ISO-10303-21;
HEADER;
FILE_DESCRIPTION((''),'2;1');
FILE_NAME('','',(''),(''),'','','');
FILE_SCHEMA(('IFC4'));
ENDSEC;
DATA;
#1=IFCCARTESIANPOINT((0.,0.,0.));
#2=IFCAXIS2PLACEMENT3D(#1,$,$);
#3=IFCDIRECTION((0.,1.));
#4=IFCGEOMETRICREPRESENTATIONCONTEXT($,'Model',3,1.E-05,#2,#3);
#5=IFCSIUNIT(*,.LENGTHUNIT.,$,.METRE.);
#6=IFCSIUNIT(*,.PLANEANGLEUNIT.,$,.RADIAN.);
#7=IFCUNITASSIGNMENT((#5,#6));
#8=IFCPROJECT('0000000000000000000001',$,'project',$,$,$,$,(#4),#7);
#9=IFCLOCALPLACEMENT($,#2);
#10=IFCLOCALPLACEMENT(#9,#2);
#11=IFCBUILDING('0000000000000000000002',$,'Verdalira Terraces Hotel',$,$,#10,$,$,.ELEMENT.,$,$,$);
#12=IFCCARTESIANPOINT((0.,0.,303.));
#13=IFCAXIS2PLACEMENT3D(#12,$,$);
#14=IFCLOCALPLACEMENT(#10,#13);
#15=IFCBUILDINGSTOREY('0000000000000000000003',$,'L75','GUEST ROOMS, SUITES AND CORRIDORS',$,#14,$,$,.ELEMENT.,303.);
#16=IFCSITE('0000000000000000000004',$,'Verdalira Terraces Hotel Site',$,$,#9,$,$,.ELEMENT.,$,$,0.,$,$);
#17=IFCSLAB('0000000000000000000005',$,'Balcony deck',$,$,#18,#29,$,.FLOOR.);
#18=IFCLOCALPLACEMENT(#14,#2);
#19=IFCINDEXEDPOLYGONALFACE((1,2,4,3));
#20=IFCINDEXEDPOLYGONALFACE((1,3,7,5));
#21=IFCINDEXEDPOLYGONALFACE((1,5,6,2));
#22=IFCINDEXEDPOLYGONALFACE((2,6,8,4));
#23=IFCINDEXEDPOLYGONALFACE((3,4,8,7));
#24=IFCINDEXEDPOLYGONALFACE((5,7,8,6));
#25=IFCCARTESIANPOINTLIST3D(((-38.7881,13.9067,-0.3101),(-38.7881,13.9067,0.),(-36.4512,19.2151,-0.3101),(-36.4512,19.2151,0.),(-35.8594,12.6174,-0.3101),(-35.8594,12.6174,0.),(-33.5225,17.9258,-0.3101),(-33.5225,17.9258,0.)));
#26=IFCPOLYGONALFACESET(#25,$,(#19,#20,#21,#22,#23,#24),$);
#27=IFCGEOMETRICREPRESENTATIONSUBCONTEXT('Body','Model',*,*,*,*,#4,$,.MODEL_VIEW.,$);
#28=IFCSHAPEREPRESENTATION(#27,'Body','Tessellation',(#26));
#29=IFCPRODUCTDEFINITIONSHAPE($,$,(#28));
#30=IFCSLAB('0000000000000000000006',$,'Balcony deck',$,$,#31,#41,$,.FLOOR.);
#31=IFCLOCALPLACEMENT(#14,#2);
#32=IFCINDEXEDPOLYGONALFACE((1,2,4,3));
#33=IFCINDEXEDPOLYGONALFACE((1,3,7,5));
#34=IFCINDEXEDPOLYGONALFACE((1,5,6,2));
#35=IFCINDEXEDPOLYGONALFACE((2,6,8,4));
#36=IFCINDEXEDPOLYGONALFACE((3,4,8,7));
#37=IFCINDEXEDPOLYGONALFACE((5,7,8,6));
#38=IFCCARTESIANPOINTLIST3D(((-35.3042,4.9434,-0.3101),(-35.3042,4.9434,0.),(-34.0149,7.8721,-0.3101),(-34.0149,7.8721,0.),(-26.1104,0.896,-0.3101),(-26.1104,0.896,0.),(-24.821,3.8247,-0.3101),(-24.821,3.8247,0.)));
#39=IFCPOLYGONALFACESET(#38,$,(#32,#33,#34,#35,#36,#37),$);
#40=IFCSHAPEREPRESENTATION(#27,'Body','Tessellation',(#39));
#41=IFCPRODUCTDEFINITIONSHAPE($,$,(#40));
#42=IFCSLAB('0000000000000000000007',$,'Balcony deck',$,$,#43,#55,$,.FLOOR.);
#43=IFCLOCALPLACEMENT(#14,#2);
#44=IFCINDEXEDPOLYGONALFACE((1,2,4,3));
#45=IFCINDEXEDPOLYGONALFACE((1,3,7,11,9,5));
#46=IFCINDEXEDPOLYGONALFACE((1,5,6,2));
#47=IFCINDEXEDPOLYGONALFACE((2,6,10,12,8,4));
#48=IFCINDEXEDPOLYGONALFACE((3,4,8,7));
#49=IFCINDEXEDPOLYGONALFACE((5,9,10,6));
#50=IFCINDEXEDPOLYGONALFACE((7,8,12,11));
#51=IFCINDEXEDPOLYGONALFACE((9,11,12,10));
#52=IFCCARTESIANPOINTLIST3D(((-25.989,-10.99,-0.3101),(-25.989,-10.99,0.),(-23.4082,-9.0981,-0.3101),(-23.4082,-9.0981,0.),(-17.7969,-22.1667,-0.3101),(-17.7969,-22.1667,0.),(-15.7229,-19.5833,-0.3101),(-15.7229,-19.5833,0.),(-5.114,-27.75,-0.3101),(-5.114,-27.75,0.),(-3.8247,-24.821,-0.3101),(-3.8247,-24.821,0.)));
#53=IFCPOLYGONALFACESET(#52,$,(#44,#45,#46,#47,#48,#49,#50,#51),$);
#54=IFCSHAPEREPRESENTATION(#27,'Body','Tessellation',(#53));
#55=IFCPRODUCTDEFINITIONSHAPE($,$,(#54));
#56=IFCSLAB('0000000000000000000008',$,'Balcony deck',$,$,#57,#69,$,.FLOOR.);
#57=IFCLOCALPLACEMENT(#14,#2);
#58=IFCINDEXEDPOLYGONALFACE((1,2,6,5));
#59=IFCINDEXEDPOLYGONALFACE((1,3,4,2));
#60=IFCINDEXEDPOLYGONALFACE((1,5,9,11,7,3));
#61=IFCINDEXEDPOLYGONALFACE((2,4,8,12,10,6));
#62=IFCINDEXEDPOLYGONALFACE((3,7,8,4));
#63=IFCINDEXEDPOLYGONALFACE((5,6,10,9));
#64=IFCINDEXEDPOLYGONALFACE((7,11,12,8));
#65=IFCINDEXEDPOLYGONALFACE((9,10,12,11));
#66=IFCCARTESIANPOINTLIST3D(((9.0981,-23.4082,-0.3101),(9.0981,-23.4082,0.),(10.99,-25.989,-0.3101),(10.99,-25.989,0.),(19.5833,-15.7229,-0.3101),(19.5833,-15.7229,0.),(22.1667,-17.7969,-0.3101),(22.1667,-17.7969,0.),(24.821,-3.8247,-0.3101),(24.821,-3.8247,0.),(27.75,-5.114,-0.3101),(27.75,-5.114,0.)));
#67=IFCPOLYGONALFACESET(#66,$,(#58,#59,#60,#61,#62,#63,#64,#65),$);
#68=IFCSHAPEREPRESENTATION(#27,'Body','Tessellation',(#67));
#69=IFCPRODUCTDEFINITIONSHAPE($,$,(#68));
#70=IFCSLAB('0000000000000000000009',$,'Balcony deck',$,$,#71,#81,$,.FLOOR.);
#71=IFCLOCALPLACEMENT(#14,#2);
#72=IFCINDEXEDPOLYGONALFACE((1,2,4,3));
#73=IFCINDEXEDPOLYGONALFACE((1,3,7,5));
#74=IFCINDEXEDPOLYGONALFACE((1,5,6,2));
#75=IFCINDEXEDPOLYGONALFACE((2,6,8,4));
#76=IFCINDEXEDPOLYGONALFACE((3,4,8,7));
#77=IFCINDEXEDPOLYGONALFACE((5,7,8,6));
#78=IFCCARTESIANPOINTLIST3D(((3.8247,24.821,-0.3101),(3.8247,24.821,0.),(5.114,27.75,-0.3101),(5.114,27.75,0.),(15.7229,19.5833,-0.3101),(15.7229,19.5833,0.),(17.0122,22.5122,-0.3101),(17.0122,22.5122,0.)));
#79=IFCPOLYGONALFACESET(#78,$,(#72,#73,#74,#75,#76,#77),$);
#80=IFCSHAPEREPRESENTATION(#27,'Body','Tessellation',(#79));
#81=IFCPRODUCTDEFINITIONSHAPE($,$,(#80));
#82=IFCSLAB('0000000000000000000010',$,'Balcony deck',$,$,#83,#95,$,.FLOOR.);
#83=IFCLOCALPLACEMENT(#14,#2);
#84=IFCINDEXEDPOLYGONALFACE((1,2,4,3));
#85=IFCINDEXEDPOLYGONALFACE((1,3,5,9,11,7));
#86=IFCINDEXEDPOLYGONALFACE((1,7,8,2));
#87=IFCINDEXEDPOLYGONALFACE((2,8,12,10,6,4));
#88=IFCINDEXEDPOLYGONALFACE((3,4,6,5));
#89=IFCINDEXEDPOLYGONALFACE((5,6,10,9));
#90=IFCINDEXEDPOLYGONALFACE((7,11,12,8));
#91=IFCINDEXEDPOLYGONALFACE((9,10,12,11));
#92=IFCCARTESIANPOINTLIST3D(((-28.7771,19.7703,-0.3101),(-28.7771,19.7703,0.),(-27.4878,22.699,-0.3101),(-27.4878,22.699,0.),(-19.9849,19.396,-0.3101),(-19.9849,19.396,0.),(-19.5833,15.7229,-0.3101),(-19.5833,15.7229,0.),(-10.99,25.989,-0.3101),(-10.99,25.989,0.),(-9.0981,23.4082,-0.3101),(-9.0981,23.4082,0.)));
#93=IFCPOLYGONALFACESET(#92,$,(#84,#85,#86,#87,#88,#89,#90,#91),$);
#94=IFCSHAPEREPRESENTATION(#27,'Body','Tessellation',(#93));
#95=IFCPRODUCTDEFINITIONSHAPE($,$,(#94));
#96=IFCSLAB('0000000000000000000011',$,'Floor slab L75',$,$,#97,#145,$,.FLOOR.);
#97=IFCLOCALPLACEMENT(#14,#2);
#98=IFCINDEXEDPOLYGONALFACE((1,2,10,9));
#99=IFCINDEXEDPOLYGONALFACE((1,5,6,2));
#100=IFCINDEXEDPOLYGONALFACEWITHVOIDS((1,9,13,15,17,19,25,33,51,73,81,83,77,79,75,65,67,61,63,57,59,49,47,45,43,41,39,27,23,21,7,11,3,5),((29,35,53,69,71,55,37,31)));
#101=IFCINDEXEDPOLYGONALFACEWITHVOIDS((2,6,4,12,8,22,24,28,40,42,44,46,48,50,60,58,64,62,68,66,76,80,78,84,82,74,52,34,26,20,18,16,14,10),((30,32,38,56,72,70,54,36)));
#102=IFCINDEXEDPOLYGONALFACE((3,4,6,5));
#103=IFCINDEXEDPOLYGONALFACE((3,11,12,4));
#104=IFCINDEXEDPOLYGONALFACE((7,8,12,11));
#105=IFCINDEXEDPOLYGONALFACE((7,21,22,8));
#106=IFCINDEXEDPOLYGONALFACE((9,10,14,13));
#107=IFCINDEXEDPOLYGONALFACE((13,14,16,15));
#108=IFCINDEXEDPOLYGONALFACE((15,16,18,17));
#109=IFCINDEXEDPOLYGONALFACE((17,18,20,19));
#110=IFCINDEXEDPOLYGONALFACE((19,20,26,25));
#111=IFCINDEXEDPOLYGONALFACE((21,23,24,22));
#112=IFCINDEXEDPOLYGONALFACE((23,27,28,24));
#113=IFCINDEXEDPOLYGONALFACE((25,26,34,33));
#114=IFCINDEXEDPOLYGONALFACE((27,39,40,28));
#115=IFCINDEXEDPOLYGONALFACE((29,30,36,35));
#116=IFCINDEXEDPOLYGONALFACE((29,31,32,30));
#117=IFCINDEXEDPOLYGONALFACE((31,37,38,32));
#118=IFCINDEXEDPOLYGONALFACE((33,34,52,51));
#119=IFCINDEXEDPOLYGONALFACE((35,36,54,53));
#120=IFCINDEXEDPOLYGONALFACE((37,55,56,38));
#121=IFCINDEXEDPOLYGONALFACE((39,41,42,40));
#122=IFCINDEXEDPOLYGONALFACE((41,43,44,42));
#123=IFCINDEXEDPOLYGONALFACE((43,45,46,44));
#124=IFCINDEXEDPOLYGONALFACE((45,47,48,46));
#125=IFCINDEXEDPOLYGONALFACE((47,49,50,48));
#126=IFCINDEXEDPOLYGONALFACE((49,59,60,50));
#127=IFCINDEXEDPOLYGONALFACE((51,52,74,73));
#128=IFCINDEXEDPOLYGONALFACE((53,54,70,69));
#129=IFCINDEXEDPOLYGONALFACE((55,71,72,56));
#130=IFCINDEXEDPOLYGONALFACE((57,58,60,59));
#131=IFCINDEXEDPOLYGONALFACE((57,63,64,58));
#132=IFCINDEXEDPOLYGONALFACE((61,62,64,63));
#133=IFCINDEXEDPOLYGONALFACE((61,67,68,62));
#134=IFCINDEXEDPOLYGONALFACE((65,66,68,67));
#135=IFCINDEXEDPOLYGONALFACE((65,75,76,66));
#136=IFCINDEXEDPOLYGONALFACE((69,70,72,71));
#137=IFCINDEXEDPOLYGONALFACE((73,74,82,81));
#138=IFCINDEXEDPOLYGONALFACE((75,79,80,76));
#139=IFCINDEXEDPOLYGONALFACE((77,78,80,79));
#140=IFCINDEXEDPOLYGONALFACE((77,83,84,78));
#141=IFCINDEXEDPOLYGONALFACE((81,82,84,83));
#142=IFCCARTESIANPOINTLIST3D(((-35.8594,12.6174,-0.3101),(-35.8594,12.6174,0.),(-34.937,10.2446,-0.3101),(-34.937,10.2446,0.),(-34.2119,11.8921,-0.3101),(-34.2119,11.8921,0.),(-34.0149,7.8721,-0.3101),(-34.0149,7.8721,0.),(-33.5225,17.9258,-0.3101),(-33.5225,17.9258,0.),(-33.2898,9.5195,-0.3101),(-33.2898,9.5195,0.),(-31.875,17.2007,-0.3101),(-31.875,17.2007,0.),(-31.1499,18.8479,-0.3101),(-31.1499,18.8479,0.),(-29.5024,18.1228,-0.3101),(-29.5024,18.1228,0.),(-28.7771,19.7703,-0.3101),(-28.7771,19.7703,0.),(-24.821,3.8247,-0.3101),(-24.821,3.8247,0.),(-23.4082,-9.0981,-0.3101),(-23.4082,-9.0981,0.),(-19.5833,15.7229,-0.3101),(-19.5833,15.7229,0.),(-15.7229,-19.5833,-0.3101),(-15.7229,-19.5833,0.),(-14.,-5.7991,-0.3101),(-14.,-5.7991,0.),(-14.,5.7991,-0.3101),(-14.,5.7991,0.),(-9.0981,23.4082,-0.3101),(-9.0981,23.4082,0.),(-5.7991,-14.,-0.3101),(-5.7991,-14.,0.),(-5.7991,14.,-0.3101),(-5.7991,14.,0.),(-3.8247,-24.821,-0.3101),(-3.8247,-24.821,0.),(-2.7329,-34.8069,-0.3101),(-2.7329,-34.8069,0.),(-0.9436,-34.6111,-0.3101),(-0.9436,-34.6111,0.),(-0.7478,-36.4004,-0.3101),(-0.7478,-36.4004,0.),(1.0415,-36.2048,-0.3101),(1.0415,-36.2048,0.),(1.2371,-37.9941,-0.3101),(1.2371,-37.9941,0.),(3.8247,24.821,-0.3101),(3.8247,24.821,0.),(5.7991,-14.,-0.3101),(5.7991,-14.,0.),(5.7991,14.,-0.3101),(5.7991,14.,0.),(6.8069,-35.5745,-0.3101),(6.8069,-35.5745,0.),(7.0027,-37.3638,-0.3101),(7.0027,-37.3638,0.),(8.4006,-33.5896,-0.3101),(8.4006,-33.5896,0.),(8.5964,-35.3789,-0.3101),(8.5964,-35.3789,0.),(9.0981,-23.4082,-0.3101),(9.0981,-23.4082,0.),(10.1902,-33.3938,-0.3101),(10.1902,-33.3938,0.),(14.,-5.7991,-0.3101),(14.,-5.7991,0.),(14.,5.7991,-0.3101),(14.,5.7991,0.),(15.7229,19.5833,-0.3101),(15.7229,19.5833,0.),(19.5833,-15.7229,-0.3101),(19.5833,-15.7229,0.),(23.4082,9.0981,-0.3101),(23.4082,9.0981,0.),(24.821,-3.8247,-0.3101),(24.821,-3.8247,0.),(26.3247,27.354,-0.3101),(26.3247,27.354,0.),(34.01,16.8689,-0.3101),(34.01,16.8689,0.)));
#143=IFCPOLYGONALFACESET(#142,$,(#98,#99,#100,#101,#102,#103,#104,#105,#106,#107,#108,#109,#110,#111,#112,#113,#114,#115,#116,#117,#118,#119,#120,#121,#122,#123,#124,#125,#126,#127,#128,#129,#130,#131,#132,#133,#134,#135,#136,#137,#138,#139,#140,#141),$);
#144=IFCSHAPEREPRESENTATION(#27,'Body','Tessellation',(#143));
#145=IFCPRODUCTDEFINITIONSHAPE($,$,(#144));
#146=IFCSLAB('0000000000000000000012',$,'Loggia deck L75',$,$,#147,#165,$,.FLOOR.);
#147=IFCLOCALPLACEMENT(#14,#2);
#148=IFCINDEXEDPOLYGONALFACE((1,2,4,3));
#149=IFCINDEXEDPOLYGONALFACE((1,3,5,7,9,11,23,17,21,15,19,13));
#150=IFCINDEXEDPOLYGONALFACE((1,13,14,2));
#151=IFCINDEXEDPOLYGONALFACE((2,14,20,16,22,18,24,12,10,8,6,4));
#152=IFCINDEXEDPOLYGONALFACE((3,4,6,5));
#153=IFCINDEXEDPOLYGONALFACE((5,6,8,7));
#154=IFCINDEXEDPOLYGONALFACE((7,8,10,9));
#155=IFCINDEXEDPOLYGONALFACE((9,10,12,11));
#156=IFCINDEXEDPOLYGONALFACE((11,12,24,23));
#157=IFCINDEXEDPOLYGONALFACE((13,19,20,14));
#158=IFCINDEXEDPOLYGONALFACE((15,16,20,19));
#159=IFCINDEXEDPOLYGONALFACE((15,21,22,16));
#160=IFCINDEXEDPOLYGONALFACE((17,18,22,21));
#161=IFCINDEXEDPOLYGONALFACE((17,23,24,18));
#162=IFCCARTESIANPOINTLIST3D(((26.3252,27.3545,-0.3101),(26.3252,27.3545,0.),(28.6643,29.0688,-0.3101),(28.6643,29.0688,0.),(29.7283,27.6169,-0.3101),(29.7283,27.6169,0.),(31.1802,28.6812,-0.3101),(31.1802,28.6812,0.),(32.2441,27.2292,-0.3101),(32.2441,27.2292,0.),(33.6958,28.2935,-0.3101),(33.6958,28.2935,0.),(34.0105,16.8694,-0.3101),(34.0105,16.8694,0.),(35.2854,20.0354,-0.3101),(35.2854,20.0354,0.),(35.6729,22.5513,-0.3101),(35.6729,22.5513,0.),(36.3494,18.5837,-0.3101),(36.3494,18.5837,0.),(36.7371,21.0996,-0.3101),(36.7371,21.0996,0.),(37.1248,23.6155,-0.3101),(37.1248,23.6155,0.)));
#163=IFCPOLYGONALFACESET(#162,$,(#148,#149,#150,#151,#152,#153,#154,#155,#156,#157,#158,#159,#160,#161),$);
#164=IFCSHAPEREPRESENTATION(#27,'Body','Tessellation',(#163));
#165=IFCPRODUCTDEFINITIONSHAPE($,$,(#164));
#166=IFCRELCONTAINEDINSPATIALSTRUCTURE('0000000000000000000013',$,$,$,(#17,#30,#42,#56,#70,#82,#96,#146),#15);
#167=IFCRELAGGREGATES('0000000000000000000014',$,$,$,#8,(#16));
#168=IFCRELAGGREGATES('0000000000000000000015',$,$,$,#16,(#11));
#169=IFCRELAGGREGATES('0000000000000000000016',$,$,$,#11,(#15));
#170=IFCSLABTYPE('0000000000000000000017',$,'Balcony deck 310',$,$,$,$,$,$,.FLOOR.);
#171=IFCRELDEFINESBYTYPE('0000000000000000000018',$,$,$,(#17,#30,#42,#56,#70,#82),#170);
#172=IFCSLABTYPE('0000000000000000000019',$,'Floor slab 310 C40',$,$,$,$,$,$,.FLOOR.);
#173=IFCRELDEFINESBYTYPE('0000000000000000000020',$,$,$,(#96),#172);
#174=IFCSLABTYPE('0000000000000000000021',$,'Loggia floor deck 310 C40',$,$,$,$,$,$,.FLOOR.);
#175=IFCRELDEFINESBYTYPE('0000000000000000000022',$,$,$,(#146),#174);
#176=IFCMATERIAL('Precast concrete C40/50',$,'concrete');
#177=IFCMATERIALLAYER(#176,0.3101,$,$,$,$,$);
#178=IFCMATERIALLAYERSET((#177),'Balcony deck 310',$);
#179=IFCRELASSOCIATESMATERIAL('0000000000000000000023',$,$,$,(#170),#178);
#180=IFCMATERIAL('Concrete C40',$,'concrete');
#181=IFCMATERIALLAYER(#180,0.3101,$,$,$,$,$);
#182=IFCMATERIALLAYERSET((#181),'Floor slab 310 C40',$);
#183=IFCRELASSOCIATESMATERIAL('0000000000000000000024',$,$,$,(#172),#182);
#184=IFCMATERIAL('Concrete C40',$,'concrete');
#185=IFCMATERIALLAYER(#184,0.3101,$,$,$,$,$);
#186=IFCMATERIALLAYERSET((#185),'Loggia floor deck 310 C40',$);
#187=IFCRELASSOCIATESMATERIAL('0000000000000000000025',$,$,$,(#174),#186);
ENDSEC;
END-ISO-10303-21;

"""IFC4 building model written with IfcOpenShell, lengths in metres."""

from ifc_helpers import new_model, si_unit, direction, frame, origin, place, context, subcontext, project, spatial, polyline, outline, extrude, material, layer, layer_set, type_object, element, save


model = new_model("IFC4")

# Units and contexts
model_context = context("Model", 3, precision=1e-05, world=origin(), true_north=direction((0.0, 1.0)))
body_context = subcontext(model_context, "Body", "Model", "MODEL_VIEW")
ifc_project = project(units=[si_unit("LENGTHUNIT", "METRE"), si_unit("PLANEANGLEUNIT", "RADIAN")], contexts=[model_context])

# Site, building, storey
site_placement = place(None, origin())
site = spatial("IfcSite", under=ifc_project, at=site_placement, Name="Verdalira Terraces Hotel Site", CompositionType="ELEMENT", RefElevation=0.0)
building_placement = place(site_placement, origin())
building = spatial("IfcBuilding", under=site, at=building_placement, Name="Verdalira Terraces Hotel", CompositionType="ELEMENT")
storey_placement = place(building_placement, frame((0.0, 0.0, 303.0)))
storey = spatial("IfcBuildingStorey", under=building, at=storey_placement, Name="L75", Description="GUEST ROOMS, SUITES AND CORRIDORS", CompositionType="ELEMENT", Elevation=303.0)

# Slabs
ifc_material_1 = material(Name="Precast concrete C40/50", Category="concrete")
ifc_layer_1 = layer(ifc_material_1, 0.3101)
ifc_layer_set_1 = layer_set([ifc_layer_1], Name="Balcony deck 310")
slab_type_1 = type_object("IfcSlabType", Name="Balcony deck 310", PredefinedType="FLOOR", material=ifc_layer_set_1)
slab_1_placement = place(storey_placement, frame((0.0, 0.0, -0.3101)))
element("IfcSlab", 1, at=slab_1_placement, inside=storey, type_object=slab_type_1, Name="Balcony deck", PredefinedType="FLOOR", context=body_context, shape_type="SweptSolid", body=[
    extrude(outline(polyline([(-38.7881, 13.9067), (-35.8594, 12.6174), (-33.5225, 17.9258), (-36.4512, 19.2151), (-38.7881, 13.9067)])), origin(), (0.0, 0.0, 1.0), 0.3101),
])
slab_2_placement = place(storey_placement, frame((0.0, 0.0, -0.3101)))
element("IfcSlab", 2, at=slab_2_placement, inside=storey, type_object=slab_type_1, Name="Balcony deck", PredefinedType="FLOOR", context=body_context, shape_type="SweptSolid", body=[
    extrude(outline(polyline([(-26.1104, 0.896), (-24.821, 3.8247), (-34.0149, 7.8721), (-35.3042, 4.9434), (-26.1104, 0.896)])), origin(), (0.0, 0.0, 1.0), 0.3101),
])
slab_3_placement = place(storey_placement, frame((0.0, 0.0, -0.3101)))
element("IfcSlab", 3, at=slab_3_placement, inside=storey, type_object=slab_type_1, Name="Balcony deck", PredefinedType="FLOOR", context=body_context, shape_type="SweptSolid", body=[
    extrude(outline(polyline([(-17.7969, -22.1667), (-5.114, -27.75), (-3.8247, -24.821), (-15.7229, -19.5833), (-23.4082, -9.0981), (-25.989, -10.99), (-17.7969, -22.1667)])), origin(), (0.0, 0.0, 1.0), 0.3101),
])
slab_4_placement = place(storey_placement, frame((0.0, 0.0, -0.3101)))
element("IfcSlab", 4, at=slab_4_placement, inside=storey, type_object=slab_type_1, Name="Balcony deck", PredefinedType="FLOOR", context=body_context, shape_type="SweptSolid", body=[
    extrude(outline(polyline([(27.75, -5.114), (24.821, -3.8247), (19.5833, -15.7229), (9.0981, -23.4082), (10.99, -25.989), (22.1667, -17.7969), (27.75, -5.114)])), origin(), (0.0, 0.0, 1.0), 0.3101),
])
slab_5_placement = place(storey_placement, frame((0.0, 0.0, -0.3101)))
element("IfcSlab", 5, at=slab_5_placement, inside=storey, type_object=slab_type_1, Name="Balcony deck", PredefinedType="FLOOR", context=body_context, shape_type="SweptSolid", body=[
    extrude(outline(polyline([(5.114, 27.75), (3.8247, 24.821), (15.7229, 19.5833), (17.0122, 22.5122), (5.114, 27.75)])), origin(), (0.0, 0.0, 1.0), 0.3101),
])
slab_6_placement = place(storey_placement, frame((0.0, 0.0, -0.3101)))
element("IfcSlab", 6, at=slab_6_placement, inside=storey, type_object=slab_type_1, Name="Balcony deck", PredefinedType="FLOOR", context=body_context, shape_type="SweptSolid", body=[
    extrude(outline(polyline([(-19.9849, 19.396), (-27.4878, 22.699), (-28.7771, 19.7703), (-19.5833, 15.7229), (-9.0981, 23.4082), (-10.99, 25.989), (-19.9849, 19.396)])), origin(), (0.0, 0.0, 1.0), 0.3101),
])
ifc_material_2 = material(Name="Concrete C40", Category="concrete")
ifc_layer_2 = layer(ifc_material_2, 0.3101)
ifc_layer_set_2 = layer_set([ifc_layer_2], Name="Floor slab 310 C40")
slab_type_2 = type_object("IfcSlabType", Name="Floor slab 310 C40", PredefinedType="FLOOR", material=ifc_layer_set_2)
slab_7_placement = place(storey_placement, frame((0.0, 0.0, -0.3101)))
element("IfcSlab", 7, at=slab_7_placement, inside=storey, type_object=slab_type_2, Name="Floor slab L75", PredefinedType="FLOOR", context=body_context, shape_type="SweptSolid", body=[
    extrude(outline(polyline([(24.821, -3.8247), (23.4082, 9.0981), (34.01, 16.8689), (26.3247, 27.354), (15.7229, 19.5833), (3.8247, 24.821), (-9.0981, 23.4082), (-19.5833, 15.7229), (-28.7771, 19.7703), (-29.5024, 18.1228), (-31.1499, 18.8479), (-31.875, 17.2007), (-33.5225, 17.9258), (-35.8594, 12.6174), (-34.2119, 11.8921), (-34.937, 10.2446), (-33.2898, 9.5195), (-34.0149, 7.8721), (-24.821, 3.8247), (-23.4082, -9.0981), (-15.7229, -19.5833), (-3.8247, -24.821), (-2.7329, -34.8069), (-0.9436, -34.6111), (-0.7478, -36.4004), (1.0415, -36.2048), (1.2371, -37.9941), (7.0027, -37.3638), (6.8069, -35.5745), (8.5964, -35.3789), (8.4006, -33.5896), (10.1902, -33.3938), (9.0981, -23.4082), (19.5833, -15.7229), (24.821, -3.8247)]), holes=[polyline([(5.7991, 14.0), (14.0, 5.7991), (14.0, -5.7991), (5.7991, -14.0), (-5.7991, -14.0), (-14.0, -5.7991), (-14.0, 5.7991), (-5.7991, 14.0), (5.7991, 14.0)])]), origin(), (0.0, 0.0, 1.0), 0.3101),
])
ifc_material_3 = material(Name="Concrete C40", Category="concrete")
ifc_layer_3 = layer(ifc_material_3, 0.3101)
ifc_layer_set_3 = layer_set([ifc_layer_3], Name="Loggia floor deck 310 C40")
slab_type_3 = type_object("IfcSlabType", Name="Loggia floor deck 310 C40", PredefinedType="FLOOR", material=ifc_layer_set_3)
slab_8_placement = place(storey_placement, frame((0.0, 0.0, -0.3101)))
element("IfcSlab", 8, at=slab_8_placement, inside=storey, type_object=slab_type_3, Name="Loggia deck L75", PredefinedType="FLOOR", context=body_context, shape_type="SweptSolid", body=[
    extrude(outline(polyline([(28.6643, 29.0688), (26.3252, 27.3545), (34.0105, 16.8694), (36.3494, 18.5837), (35.2854, 20.0354), (36.7371, 21.0996), (35.6729, 22.5513), (37.1248, 23.6155), (33.6958, 28.2935), (32.2441, 27.2292), (31.1802, 28.6812), (29.7283, 27.6169), (28.6643, 29.0688)])), origin(), (0.0, 0.0, 1.0), 0.3101),
])

save(model, "model.ifc")
